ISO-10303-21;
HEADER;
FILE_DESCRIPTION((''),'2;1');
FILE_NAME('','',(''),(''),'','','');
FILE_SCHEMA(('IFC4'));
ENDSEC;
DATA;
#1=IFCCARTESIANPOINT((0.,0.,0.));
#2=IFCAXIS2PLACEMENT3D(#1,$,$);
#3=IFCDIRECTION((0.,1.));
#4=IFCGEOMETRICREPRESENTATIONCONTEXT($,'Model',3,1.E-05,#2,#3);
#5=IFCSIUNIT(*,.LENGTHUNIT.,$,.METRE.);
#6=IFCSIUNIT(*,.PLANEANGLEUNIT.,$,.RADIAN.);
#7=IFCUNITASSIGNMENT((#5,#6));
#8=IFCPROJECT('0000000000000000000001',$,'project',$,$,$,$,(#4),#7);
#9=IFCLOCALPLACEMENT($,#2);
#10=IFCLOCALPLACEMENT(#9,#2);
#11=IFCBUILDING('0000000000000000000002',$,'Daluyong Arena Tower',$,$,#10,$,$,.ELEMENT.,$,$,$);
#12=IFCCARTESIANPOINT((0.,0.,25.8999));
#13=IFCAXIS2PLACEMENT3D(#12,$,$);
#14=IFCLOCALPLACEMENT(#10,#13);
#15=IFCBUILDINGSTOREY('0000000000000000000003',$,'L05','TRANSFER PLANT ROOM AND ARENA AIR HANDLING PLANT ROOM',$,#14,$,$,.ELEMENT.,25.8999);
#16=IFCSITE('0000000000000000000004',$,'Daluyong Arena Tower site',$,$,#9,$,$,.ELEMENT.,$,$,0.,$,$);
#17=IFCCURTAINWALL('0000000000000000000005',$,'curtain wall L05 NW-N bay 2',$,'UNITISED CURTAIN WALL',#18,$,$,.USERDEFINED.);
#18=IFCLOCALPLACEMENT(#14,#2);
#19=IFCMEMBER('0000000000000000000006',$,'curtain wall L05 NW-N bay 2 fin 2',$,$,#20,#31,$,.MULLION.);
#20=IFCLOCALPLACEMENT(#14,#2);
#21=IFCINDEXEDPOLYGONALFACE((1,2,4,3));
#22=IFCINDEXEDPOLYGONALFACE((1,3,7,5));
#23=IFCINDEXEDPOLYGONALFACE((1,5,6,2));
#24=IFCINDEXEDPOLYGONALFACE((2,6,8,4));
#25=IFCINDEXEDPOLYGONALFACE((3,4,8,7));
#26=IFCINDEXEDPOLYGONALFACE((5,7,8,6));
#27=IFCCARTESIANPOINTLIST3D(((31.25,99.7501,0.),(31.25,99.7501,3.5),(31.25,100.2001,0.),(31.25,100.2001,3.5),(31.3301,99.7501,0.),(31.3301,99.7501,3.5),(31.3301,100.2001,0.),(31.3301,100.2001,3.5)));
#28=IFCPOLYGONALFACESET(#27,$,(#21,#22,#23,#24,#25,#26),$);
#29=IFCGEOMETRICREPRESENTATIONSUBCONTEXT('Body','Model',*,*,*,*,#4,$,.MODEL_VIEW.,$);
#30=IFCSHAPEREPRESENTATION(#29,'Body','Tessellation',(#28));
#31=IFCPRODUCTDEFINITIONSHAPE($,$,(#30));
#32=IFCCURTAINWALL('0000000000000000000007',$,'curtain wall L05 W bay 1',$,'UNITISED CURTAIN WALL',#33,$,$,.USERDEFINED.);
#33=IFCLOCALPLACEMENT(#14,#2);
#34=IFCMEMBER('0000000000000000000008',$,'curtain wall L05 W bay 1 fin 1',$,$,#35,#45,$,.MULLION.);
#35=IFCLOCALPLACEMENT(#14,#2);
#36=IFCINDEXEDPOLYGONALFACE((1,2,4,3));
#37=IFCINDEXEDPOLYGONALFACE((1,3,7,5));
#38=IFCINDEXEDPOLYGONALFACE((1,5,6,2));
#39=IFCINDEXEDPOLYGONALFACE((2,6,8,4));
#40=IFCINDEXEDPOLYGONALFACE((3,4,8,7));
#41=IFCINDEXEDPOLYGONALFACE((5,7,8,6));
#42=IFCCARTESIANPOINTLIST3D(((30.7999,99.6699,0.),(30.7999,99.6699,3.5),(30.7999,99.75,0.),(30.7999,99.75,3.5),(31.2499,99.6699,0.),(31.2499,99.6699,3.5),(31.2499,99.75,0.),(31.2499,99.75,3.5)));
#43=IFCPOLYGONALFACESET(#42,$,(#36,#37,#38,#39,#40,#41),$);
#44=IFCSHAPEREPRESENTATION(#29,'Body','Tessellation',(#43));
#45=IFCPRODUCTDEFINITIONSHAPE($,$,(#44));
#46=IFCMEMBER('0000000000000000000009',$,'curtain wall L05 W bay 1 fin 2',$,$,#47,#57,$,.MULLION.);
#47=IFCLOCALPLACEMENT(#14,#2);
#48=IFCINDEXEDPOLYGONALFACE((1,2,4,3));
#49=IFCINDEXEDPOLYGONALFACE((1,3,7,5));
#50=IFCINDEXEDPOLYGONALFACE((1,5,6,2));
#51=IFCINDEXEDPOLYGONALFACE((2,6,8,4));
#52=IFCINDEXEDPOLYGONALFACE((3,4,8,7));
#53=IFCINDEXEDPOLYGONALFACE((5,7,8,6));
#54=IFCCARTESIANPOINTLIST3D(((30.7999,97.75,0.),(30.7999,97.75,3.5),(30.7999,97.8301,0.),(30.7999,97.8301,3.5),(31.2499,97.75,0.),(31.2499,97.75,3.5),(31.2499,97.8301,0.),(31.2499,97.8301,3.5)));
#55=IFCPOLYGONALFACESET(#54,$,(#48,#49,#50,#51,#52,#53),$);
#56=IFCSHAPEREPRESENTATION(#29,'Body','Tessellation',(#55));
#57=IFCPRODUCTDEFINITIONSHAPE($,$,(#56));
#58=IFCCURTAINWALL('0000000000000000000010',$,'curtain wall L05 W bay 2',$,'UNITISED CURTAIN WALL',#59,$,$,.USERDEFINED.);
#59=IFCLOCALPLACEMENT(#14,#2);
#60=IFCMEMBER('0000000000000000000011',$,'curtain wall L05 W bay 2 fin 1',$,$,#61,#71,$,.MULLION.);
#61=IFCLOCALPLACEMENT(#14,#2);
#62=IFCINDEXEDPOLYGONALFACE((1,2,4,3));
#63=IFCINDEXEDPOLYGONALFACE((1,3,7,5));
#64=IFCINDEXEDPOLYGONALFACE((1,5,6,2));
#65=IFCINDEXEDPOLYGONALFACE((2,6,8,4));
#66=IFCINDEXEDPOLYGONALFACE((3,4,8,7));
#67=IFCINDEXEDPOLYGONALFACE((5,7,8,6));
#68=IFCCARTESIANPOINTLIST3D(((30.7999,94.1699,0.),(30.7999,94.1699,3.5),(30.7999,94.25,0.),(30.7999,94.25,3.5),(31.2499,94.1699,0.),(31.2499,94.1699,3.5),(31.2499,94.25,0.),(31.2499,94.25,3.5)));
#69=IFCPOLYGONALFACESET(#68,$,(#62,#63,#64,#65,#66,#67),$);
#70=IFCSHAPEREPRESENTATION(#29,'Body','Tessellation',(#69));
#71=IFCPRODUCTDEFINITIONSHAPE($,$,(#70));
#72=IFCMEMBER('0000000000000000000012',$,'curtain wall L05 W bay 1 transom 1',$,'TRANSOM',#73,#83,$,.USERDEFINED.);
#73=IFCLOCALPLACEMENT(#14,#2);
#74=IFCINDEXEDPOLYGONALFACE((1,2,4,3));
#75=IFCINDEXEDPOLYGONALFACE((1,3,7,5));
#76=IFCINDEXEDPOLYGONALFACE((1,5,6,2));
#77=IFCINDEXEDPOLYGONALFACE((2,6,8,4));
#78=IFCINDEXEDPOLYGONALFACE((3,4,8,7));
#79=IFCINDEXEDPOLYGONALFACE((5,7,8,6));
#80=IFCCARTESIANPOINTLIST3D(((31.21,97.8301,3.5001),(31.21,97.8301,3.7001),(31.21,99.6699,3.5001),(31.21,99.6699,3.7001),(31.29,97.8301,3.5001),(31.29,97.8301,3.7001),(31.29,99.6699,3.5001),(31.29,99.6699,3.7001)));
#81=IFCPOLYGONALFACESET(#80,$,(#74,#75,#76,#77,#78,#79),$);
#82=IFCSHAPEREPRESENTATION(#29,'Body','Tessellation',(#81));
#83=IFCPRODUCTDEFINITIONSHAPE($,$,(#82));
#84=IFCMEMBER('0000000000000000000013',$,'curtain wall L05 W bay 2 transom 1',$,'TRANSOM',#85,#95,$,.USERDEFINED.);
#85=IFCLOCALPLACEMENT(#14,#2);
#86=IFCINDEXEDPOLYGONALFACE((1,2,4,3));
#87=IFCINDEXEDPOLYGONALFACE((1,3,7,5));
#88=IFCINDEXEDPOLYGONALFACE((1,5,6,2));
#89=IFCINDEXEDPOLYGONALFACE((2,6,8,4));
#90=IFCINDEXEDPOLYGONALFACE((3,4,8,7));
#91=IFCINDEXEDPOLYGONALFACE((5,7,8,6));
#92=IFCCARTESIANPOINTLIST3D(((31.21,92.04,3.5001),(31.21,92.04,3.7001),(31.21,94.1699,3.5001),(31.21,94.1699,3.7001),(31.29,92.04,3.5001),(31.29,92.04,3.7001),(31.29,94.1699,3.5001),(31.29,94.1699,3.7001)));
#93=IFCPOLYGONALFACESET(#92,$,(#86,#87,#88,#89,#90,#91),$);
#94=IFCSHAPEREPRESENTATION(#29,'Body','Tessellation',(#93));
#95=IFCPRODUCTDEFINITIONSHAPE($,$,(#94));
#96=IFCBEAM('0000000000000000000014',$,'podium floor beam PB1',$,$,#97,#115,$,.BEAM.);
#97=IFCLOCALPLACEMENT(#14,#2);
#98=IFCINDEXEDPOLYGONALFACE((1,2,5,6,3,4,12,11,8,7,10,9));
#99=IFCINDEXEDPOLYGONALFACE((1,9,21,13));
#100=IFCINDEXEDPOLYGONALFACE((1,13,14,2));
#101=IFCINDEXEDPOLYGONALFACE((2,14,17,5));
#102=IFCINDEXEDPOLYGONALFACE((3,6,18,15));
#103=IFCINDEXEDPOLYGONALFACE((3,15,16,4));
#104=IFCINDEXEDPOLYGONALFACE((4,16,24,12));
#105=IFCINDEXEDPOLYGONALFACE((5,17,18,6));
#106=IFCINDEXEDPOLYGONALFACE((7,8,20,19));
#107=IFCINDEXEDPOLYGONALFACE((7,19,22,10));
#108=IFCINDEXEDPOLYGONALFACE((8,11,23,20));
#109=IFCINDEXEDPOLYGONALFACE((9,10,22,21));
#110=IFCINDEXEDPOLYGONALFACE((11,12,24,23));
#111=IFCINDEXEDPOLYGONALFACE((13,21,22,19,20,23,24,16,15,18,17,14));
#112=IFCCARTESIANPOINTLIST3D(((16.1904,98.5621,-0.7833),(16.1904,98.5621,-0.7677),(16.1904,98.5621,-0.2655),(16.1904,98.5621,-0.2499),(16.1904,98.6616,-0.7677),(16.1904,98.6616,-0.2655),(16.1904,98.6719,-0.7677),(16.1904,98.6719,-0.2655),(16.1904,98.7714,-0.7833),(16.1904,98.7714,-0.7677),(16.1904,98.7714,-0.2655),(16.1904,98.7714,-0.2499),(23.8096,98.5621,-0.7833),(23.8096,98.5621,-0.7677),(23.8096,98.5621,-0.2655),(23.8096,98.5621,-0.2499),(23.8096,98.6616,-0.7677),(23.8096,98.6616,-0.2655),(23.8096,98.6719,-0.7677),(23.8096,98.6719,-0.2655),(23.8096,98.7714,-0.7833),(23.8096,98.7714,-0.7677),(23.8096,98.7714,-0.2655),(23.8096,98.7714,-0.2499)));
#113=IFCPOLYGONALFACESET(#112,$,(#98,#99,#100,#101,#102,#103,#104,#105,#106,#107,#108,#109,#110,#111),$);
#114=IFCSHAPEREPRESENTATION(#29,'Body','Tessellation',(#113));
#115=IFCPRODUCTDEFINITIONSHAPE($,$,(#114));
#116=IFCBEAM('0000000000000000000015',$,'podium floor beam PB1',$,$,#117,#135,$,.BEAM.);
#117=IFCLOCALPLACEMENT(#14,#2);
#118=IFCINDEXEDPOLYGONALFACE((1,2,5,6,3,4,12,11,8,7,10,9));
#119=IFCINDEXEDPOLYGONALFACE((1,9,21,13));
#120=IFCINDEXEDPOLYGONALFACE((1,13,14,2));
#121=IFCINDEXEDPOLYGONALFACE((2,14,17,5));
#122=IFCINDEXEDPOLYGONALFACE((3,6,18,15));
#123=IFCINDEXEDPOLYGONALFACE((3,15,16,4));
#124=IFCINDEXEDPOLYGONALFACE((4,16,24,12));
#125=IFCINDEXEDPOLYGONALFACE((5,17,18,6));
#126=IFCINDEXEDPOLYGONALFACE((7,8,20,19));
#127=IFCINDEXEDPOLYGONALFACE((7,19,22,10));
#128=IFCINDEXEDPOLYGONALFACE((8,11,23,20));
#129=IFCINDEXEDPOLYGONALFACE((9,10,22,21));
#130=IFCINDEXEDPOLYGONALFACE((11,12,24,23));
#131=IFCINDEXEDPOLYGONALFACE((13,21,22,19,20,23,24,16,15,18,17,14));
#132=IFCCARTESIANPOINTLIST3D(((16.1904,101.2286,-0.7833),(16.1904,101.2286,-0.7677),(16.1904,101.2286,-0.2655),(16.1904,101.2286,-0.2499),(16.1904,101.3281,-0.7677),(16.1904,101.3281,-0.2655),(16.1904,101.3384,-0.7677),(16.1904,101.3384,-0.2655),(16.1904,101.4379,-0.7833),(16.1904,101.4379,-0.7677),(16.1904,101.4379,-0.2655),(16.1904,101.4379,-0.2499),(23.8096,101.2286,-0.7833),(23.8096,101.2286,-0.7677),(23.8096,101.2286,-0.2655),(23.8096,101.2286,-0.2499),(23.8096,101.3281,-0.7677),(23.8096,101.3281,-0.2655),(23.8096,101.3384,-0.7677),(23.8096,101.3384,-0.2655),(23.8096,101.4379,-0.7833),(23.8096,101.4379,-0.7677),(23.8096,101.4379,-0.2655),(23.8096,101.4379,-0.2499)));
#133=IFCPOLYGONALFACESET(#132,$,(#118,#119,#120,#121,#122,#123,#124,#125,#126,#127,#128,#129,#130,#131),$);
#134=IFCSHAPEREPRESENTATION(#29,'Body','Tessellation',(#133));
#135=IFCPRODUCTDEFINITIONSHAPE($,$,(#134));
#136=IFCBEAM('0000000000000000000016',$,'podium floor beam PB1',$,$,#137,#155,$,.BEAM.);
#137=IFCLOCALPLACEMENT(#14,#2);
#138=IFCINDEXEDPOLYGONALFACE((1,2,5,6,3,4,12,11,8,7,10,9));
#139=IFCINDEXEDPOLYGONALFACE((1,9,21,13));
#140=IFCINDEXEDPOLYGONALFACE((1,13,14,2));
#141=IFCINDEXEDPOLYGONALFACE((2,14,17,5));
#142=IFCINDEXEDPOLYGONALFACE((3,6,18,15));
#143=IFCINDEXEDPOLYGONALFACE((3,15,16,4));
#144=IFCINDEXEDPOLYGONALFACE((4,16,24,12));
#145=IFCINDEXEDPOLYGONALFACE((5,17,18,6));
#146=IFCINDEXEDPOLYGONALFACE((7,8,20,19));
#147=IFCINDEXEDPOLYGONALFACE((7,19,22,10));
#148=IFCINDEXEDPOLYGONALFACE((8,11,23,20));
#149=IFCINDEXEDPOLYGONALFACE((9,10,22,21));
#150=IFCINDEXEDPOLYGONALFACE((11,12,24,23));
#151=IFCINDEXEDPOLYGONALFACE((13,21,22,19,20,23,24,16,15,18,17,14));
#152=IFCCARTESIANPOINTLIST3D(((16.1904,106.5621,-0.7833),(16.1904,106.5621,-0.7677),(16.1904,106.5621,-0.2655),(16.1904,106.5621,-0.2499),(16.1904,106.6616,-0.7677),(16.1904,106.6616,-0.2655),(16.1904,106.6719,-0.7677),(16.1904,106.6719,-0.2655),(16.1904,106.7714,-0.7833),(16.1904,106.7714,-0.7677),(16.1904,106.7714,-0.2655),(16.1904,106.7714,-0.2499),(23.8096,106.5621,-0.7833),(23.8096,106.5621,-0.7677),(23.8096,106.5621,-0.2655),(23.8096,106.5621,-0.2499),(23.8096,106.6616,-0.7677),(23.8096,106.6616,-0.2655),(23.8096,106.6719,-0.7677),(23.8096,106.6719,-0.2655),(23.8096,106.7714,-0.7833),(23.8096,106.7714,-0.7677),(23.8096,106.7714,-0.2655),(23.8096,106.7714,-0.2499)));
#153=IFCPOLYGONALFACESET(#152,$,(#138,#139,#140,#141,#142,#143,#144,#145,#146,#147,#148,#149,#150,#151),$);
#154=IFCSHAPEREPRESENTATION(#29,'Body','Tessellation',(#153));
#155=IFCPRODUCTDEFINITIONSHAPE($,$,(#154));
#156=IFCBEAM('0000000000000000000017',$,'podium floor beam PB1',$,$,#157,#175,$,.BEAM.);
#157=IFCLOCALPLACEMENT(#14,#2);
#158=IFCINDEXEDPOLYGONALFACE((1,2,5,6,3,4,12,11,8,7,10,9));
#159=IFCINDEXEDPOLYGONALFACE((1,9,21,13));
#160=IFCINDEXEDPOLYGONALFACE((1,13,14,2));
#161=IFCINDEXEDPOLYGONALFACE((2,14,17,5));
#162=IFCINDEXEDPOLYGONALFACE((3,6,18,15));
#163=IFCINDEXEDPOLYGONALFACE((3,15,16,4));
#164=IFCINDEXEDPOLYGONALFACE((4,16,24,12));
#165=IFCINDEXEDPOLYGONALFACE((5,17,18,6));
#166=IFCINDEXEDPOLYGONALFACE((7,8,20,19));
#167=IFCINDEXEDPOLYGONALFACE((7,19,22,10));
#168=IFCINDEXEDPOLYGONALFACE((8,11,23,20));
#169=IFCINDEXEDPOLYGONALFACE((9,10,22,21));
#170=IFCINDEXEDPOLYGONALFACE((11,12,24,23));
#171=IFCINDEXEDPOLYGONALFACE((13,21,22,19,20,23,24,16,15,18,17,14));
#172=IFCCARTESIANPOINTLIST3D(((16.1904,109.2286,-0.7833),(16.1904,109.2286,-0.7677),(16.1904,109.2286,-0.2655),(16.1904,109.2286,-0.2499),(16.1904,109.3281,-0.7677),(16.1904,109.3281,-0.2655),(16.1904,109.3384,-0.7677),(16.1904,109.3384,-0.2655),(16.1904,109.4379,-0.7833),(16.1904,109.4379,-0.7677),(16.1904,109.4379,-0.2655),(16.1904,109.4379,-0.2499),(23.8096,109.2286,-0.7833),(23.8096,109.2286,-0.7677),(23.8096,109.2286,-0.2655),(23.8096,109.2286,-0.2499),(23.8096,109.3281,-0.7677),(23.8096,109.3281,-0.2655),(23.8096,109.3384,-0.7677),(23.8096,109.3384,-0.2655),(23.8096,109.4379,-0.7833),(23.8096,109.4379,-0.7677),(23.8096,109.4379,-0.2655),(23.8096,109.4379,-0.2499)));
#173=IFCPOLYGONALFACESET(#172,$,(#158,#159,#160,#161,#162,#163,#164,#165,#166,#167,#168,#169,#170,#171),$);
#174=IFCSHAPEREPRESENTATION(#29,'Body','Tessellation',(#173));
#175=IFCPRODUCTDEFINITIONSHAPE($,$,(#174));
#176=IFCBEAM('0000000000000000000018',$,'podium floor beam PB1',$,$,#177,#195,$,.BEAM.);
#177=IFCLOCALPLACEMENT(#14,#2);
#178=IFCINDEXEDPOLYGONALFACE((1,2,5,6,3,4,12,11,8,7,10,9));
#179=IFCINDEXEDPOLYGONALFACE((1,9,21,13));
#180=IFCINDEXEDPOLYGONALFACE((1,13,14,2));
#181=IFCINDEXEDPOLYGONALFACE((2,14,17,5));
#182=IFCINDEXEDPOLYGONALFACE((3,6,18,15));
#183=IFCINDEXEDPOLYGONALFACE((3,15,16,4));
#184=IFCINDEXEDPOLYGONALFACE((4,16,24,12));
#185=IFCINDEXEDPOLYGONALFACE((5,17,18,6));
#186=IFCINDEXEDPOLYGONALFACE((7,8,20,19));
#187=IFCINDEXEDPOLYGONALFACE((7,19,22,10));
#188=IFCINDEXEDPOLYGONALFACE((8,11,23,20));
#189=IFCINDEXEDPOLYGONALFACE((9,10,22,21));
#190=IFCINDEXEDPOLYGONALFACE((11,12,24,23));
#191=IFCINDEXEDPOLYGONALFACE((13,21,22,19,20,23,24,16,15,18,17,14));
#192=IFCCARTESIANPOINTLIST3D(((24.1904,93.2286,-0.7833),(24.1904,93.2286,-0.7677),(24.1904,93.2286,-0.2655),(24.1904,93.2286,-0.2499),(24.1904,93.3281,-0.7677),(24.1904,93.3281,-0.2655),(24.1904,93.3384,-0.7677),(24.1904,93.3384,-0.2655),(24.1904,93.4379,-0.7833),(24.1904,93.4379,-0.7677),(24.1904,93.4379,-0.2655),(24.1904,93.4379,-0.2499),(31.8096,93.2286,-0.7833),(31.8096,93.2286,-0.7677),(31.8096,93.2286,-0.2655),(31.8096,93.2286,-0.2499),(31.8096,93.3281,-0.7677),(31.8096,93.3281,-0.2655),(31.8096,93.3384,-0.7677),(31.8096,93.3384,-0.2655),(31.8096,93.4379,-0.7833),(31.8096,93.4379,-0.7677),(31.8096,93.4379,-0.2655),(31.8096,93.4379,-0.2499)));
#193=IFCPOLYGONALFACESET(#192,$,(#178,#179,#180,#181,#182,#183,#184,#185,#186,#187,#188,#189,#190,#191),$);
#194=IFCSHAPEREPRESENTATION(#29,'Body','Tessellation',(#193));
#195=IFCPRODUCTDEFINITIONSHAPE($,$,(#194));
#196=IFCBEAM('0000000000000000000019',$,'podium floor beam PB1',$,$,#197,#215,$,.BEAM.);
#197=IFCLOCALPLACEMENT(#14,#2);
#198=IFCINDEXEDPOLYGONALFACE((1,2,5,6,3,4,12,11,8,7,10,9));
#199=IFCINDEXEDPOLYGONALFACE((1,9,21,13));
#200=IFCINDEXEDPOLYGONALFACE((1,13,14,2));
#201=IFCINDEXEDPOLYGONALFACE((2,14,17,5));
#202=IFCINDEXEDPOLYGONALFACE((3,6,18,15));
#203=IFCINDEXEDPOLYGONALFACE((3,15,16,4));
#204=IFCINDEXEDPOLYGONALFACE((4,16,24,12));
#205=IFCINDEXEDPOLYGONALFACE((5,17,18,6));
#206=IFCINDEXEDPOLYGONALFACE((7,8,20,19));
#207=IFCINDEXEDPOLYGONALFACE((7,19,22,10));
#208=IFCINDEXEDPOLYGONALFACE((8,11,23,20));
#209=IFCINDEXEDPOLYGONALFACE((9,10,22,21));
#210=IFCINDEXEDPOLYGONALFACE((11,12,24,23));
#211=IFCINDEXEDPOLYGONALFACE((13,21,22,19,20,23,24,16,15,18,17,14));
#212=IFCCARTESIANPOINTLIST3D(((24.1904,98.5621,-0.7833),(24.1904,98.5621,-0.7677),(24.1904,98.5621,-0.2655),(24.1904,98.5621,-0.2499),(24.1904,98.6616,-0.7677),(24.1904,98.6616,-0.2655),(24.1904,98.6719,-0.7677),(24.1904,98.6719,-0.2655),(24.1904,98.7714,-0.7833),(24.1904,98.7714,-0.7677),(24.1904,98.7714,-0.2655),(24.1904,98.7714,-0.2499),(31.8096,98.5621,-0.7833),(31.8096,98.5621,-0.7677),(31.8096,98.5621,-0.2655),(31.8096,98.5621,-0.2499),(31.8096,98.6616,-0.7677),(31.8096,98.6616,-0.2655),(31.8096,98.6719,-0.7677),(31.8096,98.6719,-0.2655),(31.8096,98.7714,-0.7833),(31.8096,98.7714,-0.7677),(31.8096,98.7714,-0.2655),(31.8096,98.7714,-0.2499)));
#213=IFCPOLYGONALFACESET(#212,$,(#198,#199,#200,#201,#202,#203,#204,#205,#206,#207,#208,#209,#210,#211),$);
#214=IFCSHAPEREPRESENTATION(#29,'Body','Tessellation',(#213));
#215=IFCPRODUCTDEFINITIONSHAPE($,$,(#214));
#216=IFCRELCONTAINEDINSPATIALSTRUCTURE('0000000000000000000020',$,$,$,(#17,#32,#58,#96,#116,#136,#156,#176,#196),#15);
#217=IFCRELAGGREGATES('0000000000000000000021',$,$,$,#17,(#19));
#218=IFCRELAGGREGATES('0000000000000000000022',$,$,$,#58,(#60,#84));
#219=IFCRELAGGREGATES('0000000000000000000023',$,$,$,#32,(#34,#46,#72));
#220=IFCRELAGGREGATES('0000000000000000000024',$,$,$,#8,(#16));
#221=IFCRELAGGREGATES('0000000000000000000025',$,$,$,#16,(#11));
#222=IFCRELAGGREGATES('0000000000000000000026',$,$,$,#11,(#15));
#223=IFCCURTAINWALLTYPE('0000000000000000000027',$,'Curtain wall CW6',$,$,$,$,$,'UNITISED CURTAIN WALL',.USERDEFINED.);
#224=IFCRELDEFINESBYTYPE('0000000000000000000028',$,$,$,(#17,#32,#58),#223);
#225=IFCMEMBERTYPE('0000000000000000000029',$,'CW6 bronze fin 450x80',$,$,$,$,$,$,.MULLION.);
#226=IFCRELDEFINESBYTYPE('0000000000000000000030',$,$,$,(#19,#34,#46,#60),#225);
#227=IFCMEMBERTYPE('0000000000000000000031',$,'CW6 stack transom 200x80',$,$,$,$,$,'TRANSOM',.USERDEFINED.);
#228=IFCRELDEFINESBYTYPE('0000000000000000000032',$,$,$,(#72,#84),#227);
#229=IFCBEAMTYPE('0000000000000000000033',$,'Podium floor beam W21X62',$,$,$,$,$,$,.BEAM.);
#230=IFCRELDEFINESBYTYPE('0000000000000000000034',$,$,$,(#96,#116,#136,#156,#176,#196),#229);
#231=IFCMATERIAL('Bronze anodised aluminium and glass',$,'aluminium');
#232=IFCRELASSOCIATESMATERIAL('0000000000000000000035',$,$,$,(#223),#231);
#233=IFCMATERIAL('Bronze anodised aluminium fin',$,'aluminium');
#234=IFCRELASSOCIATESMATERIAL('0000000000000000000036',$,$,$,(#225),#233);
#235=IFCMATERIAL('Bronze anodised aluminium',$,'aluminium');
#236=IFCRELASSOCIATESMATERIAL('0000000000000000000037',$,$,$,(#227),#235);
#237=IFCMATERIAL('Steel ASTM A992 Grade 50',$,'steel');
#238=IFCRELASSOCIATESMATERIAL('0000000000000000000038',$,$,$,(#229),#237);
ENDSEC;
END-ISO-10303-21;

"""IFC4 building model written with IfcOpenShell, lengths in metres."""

from ifc_helpers import new_model, si_unit, direction, frame, origin, origin_2d, place, context, subcontext, project, spatial, rectangle, i_section, extrude, material, material_profile, profile_set, type_object, element, aggregate, save


model = new_model("IFC4")

# Units and contexts
model_context = context("Model", 3, precision=1e-05, world=origin(), true_north=direction((0.0, 1.0)))
body_context = subcontext(model_context, "Body", "Model", "MODEL_VIEW")
ifc_project = project(units=[si_unit("LENGTHUNIT", "METRE"), si_unit("PLANEANGLEUNIT", "RADIAN")], contexts=[model_context])

# Site, building, storey
site_placement = place(None, origin())
site = spatial("IfcSite", under=ifc_project, at=site_placement, Name="Daluyong Arena Tower site", CompositionType="ELEMENT", RefElevation=0.0)
building_placement = place(site_placement, origin())
building = spatial("IfcBuilding", under=site, at=building_placement, Name="Daluyong Arena Tower", CompositionType="ELEMENT")
storey_placement = place(building_placement, frame((0.0, 0.0, 25.8999)))
storey = spatial("IfcBuildingStorey", under=building, at=storey_placement, Name="L05", Description="TRANSFER PLANT ROOM AND ARENA AIR HANDLING PLANT ROOM", CompositionType="ELEMENT", Elevation=25.8999)

# Curtain wall, member
ifc_material_1 = material(Name="Bronze anodised aluminium and glass", Category="aluminium")
curtain_wall_type = type_object("IfcCurtainWallType", Name="Curtain wall CW6", ElementType="UNITISED CURTAIN WALL", PredefinedType="USERDEFINED", material=ifc_material_1)
curtain_wall_1_placement = place(storey_placement, origin())
curtain_wall_1 = element("IfcCurtainWall", 1, at=curtain_wall_1_placement, inside=storey, type_object=curtain_wall_type, Name="curtain wall L05 NW-N bay 2", ObjectType="UNITISED CURTAIN WALL", PredefinedType="USERDEFINED")
ifc_material_2 = material(Name="Bronze anodised aluminium fin", Category="aluminium")
ifc_material_profile_1 = material_profile(ifc_material_2, rectangle(XDim=0.45, YDim=0.0801, at=origin_2d()))
ifc_profile_set_1 = profile_set([ifc_material_profile_1], Name="Bronze anodised aluminium fin")
member_type_1 = type_object("IfcMemberType", Name="CW6 bronze fin 450x80", PredefinedType="MULLION", material=ifc_profile_set_1)
member_1_placement = place(storey_placement, frame((31.29, 99.9751, 0.0), z_axis=(0.0, 0.0, 1.0), x_axis=(0.0, -1.0, 0.0)))
member_1 = element("IfcMember", 2, at=member_1_placement, type_object=member_type_1, Name="curtain wall L05 NW-N bay 2 fin 2", PredefinedType="MULLION", context=body_context, shape_type="SweptSolid", body=[
    extrude(rectangle(XDim=0.45, YDim=0.0801, at=origin_2d()), origin(), (0.0, 0.0, 1.0), 3.5),
])
aggregate(curtain_wall_1, [member_1])

# Curtain wall, members
curtain_wall_2_placement = place(storey_placement, origin())
curtain_wall_2 = element("IfcCurtainWall", 3, at=curtain_wall_2_placement, inside=storey, type_object=curtain_wall_type, Name="curtain wall L05 W bay 1", ObjectType="UNITISED CURTAIN WALL", PredefinedType="USERDEFINED")
member_2_placement = place(storey_placement, frame((31.0249, 99.71, 0.0), z_axis=(0.0, 0.0, 1.0), x_axis=(1.0, 0.0, 0.0)))
member_2 = element("IfcMember", 4, at=member_2_placement, type_object=member_type_1, Name="curtain wall L05 W bay 1 fin 1", PredefinedType="MULLION", context=body_context, shape_type="SweptSolid", body=[
    extrude(rectangle(XDim=0.45, YDim=0.0801, at=origin_2d()), origin(), (0.0, 0.0, 1.0), 3.5),
])
member_3_placement = place(storey_placement, frame((31.0249, 97.79, 0.0), z_axis=(0.0, 0.0, 1.0), x_axis=(1.0, 0.0, 0.0)))
member_3 = element("IfcMember", 5, at=member_3_placement, type_object=member_type_1, Name="curtain wall L05 W bay 1 fin 2", PredefinedType="MULLION", context=body_context, shape_type="SweptSolid", body=[
    extrude(rectangle(XDim=0.45, YDim=0.0801, at=origin_2d()), origin(), (0.0, 0.0, 1.0), 3.5),
])

# Curtain wall, member
curtain_wall_3_placement = place(storey_placement, origin())
curtain_wall_3 = element("IfcCurtainWall", 6, at=curtain_wall_3_placement, inside=storey, type_object=curtain_wall_type, Name="curtain wall L05 W bay 2", ObjectType="UNITISED CURTAIN WALL", PredefinedType="USERDEFINED")
member_4_placement = place(storey_placement, frame((31.0249, 94.21, 0.0), z_axis=(0.0, 0.0, 1.0), x_axis=(1.0, 0.0, 0.0)))
member_4 = element("IfcMember", 7, at=member_4_placement, type_object=member_type_1, Name="curtain wall L05 W bay 2 fin 1", PredefinedType="MULLION", context=body_context, shape_type="SweptSolid", body=[
    extrude(rectangle(XDim=0.45, YDim=0.0801, at=origin_2d()), origin(), (0.0, 0.0, 1.0), 3.5),
])

# Members
ifc_material_3 = material(Name="Bronze anodised aluminium", Category="aluminium")
ifc_material_profile_2 = material_profile(ifc_material_3, rectangle(XDim=0.0801, YDim=0.2, at=origin_2d()))
ifc_profile_set_2 = profile_set([ifc_material_profile_2], Name="Bronze anodised aluminium")
member_type_2 = type_object("IfcMemberType", Name="CW6 stack transom 200x80", ElementType="TRANSOM", PredefinedType="USERDEFINED", material=ifc_profile_set_2)
member_5_placement = place(storey_placement, frame((31.25, 99.6699, 3.6001), z_axis=(0.0, -1.0, 0.0), x_axis=(1.0, 0.0, 0.0)))
member_5 = element("IfcMember", 8, at=member_5_placement, type_object=member_type_2, Name="curtain wall L05 W bay 1 transom 1", ObjectType="TRANSOM", PredefinedType="USERDEFINED", context=body_context, shape_type="SweptSolid", body=[
    extrude(rectangle(XDim=0.0801, YDim=0.2, at=origin_2d()), origin(), (0.0, 0.0, 1.0), 1.8398),
])
member_6_placement = place(storey_placement, frame((31.25, 94.1699, 3.6001), z_axis=(0.0, -1.0, 0.0), x_axis=(1.0, 0.0, 0.0)))
member_6 = element("IfcMember", 9, at=member_6_placement, type_object=member_type_2, Name="curtain wall L05 W bay 2 transom 1", ObjectType="TRANSOM", PredefinedType="USERDEFINED", context=body_context, shape_type="SweptSolid", body=[
    extrude(rectangle(XDim=0.0801, YDim=0.2, at=origin_2d()), origin(), (0.0, 0.0, 1.0), 2.1299),
])
aggregate(curtain_wall_3, [member_4, member_6])

# Beams
ifc_material_4 = material(Name="Steel ASTM A992 Grade 50", Category="steel")
ifc_material_profile_3 = material_profile(ifc_material_4, i_section(OverallWidth=0.2092, OverallDepth=0.5334, WebThickness=0.0103, FlangeThickness=0.0156, at=origin_2d()))
ifc_profile_set_3 = profile_set([ifc_material_profile_3], Name="Steel ASTM A992 Grade 50")
beam_type_1 = type_object("IfcBeamType", Name="Podium floor beam W21X62", PredefinedType="BEAM", material=ifc_profile_set_3)
for number, where, z_axis, x_axis, name in (
    (10, (16.1904, 98.6667, -0.5166), (1.0, 0.0, 0.0), (0.0, 1.0, 0.0), "podium floor beam PB1"),
    (11, (16.1904, 101.3333, -0.5166), (1.0, 0.0, 0.0), (0.0, 1.0, 0.0), "podium floor beam PB1"),
    (12, (16.1904, 106.6667, -0.5166), (1.0, 0.0, 0.0), (0.0, 1.0, 0.0), "podium floor beam PB1"),
    (13, (16.1904, 109.3333, -0.5166), (1.0, 0.0, 0.0), (0.0, 1.0, 0.0), "podium floor beam PB1"),
    (14, (24.1904, 93.3333, -0.5166), (1.0, 0.0, 0.0), (0.0, 1.0, 0.0), "podium floor beam PB1"),
    (15, (24.1904, 98.6667, -0.5166), (1.0, 0.0, 0.0), (0.0, 1.0, 0.0), "podium floor beam PB1"),
):
    element("IfcBeam", number, at=place(storey_placement, frame(where, z_axis=z_axis, x_axis=x_axis)), inside=storey, type_object=beam_type_1, Name=name, PredefinedType="BEAM", context=body_context, shape_type="SweptSolid", body=[
        extrude(i_section(OverallWidth=0.2092, OverallDepth=0.5334, WebThickness=0.0103, FlangeThickness=0.0156, at=origin_2d()), origin(), (0.0, 0.0, 1.0), 7.6191),
    ])

aggregate(curtain_wall_2, [member_2, member_3, member_5])

save(model, "model.ifc")
